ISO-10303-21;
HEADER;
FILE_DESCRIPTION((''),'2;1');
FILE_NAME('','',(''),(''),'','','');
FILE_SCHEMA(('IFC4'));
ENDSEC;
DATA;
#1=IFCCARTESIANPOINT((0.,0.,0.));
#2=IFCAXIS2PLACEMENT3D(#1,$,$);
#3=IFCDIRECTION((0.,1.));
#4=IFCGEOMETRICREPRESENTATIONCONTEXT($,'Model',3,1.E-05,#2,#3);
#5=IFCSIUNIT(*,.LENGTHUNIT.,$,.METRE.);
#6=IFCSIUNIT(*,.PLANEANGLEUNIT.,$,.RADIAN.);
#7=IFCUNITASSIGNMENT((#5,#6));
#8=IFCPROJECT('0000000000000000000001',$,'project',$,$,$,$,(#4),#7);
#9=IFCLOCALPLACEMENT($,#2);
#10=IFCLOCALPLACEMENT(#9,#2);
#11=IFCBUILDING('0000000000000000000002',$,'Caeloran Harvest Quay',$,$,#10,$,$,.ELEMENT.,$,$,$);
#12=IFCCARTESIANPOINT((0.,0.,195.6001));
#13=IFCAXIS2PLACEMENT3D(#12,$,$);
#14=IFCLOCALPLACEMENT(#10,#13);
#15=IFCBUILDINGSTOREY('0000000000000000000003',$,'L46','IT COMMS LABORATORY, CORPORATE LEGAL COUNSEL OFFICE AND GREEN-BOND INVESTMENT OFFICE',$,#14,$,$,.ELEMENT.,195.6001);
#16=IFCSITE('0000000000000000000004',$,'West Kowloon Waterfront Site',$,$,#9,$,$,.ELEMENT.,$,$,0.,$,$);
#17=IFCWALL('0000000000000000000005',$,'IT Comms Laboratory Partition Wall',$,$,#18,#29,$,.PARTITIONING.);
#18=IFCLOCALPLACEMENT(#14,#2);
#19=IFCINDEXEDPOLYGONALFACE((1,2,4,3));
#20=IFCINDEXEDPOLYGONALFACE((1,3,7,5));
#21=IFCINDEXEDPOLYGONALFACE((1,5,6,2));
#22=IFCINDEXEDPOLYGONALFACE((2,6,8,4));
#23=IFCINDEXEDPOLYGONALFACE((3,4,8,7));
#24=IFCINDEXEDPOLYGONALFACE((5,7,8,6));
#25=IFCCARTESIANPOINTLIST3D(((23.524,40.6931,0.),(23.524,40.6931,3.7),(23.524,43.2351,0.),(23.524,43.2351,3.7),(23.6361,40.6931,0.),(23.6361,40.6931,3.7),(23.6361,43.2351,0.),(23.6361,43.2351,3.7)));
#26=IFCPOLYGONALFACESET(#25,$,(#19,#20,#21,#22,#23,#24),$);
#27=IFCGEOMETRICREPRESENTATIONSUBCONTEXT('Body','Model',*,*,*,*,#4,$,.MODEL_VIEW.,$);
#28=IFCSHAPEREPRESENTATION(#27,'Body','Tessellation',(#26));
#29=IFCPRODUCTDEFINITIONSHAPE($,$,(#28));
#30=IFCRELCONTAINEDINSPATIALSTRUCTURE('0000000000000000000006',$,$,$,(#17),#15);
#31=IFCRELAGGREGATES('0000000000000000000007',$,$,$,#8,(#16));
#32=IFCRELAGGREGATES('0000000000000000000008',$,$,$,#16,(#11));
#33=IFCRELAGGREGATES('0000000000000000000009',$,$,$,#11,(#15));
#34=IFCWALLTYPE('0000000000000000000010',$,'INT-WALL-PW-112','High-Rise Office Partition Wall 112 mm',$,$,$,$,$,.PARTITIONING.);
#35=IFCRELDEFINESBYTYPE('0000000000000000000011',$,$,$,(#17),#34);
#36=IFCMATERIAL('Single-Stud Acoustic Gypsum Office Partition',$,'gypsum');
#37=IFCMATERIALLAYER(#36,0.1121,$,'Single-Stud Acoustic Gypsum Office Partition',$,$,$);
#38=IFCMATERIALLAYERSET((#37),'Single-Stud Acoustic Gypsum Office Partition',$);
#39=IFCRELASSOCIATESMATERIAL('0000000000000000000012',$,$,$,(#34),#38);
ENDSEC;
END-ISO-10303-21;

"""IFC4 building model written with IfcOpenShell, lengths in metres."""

from ifc_helpers import new_model, si_unit, direction, frame, frame_2d, origin, place, context, subcontext, project, spatial, rectangle, extrude, material, layer, layer_set, type_object, element, save


model = new_model("IFC4")

# Units and contexts
model_context = context("Model", 3, precision=1e-05, world=origin(), true_north=direction((0.0, 1.0)))
body_context = subcontext(model_context, "Body", "Model", "MODEL_VIEW")
ifc_project = project(units=[si_unit("LENGTHUNIT", "METRE"), si_unit("PLANEANGLEUNIT", "RADIAN")], contexts=[model_context])

# Site, building, storey
site_placement = place(None, origin())
site = spatial("IfcSite", under=ifc_project, at=site_placement, Name="West Kowloon Waterfront Site", CompositionType="ELEMENT", RefElevation=0.0)
building_placement = place(site_placement, origin())
building = spatial("IfcBuilding", under=site, at=building_placement, Name="Caeloran Harvest Quay", CompositionType="ELEMENT")
storey_placement = place(building_placement, frame((0.0, 0.0, 195.6001)))
storey = spatial("IfcBuildingStorey", under=building, at=storey_placement, Name="L46", Description="IT COMMS LABORATORY, CORPORATE LEGAL COUNSEL OFFICE AND GREEN-BOND INVESTMENT OFFICE", CompositionType="ELEMENT", Elevation=195.6001)

# Shared definitions
ifc_material_1 = material(Name="Single-Stud Acoustic Gypsum Office Partition", Category="gypsum")
ifc_layer = layer(ifc_material_1, 0.1121, Name="Single-Stud Acoustic Gypsum Office Partition")
ifc_layer_set = layer_set([ifc_layer], Name="Single-Stud Acoustic Gypsum Office Partition")
wall_type = type_object("IfcWallType", Name="INT-WALL-PW-112", Description="High-Rise Office Partition Wall 112 mm", PredefinedType="PARTITIONING", material=ifc_layer_set)

# Wall
wall_1_placement = place(storey_placement, frame((23.5801, 40.6931, 0.0), z_axis=(0.0, 0.0, 1.0), x_axis=(0.0, 1.0, 0.0)))
element("IfcWall", 1, at=wall_1_placement, inside=storey, type_object=wall_type, Name="IT Comms Laboratory Partition Wall", PredefinedType="PARTITIONING", context=body_context, shape_type="SweptSolid", body=[
    extrude(rectangle(XDim=2.542, YDim=0.1121, at=frame_2d((1.271, 0.0))), origin(), (0.0, 0.0, 1.0), 3.7),
])

save(model, "model.ifc")
